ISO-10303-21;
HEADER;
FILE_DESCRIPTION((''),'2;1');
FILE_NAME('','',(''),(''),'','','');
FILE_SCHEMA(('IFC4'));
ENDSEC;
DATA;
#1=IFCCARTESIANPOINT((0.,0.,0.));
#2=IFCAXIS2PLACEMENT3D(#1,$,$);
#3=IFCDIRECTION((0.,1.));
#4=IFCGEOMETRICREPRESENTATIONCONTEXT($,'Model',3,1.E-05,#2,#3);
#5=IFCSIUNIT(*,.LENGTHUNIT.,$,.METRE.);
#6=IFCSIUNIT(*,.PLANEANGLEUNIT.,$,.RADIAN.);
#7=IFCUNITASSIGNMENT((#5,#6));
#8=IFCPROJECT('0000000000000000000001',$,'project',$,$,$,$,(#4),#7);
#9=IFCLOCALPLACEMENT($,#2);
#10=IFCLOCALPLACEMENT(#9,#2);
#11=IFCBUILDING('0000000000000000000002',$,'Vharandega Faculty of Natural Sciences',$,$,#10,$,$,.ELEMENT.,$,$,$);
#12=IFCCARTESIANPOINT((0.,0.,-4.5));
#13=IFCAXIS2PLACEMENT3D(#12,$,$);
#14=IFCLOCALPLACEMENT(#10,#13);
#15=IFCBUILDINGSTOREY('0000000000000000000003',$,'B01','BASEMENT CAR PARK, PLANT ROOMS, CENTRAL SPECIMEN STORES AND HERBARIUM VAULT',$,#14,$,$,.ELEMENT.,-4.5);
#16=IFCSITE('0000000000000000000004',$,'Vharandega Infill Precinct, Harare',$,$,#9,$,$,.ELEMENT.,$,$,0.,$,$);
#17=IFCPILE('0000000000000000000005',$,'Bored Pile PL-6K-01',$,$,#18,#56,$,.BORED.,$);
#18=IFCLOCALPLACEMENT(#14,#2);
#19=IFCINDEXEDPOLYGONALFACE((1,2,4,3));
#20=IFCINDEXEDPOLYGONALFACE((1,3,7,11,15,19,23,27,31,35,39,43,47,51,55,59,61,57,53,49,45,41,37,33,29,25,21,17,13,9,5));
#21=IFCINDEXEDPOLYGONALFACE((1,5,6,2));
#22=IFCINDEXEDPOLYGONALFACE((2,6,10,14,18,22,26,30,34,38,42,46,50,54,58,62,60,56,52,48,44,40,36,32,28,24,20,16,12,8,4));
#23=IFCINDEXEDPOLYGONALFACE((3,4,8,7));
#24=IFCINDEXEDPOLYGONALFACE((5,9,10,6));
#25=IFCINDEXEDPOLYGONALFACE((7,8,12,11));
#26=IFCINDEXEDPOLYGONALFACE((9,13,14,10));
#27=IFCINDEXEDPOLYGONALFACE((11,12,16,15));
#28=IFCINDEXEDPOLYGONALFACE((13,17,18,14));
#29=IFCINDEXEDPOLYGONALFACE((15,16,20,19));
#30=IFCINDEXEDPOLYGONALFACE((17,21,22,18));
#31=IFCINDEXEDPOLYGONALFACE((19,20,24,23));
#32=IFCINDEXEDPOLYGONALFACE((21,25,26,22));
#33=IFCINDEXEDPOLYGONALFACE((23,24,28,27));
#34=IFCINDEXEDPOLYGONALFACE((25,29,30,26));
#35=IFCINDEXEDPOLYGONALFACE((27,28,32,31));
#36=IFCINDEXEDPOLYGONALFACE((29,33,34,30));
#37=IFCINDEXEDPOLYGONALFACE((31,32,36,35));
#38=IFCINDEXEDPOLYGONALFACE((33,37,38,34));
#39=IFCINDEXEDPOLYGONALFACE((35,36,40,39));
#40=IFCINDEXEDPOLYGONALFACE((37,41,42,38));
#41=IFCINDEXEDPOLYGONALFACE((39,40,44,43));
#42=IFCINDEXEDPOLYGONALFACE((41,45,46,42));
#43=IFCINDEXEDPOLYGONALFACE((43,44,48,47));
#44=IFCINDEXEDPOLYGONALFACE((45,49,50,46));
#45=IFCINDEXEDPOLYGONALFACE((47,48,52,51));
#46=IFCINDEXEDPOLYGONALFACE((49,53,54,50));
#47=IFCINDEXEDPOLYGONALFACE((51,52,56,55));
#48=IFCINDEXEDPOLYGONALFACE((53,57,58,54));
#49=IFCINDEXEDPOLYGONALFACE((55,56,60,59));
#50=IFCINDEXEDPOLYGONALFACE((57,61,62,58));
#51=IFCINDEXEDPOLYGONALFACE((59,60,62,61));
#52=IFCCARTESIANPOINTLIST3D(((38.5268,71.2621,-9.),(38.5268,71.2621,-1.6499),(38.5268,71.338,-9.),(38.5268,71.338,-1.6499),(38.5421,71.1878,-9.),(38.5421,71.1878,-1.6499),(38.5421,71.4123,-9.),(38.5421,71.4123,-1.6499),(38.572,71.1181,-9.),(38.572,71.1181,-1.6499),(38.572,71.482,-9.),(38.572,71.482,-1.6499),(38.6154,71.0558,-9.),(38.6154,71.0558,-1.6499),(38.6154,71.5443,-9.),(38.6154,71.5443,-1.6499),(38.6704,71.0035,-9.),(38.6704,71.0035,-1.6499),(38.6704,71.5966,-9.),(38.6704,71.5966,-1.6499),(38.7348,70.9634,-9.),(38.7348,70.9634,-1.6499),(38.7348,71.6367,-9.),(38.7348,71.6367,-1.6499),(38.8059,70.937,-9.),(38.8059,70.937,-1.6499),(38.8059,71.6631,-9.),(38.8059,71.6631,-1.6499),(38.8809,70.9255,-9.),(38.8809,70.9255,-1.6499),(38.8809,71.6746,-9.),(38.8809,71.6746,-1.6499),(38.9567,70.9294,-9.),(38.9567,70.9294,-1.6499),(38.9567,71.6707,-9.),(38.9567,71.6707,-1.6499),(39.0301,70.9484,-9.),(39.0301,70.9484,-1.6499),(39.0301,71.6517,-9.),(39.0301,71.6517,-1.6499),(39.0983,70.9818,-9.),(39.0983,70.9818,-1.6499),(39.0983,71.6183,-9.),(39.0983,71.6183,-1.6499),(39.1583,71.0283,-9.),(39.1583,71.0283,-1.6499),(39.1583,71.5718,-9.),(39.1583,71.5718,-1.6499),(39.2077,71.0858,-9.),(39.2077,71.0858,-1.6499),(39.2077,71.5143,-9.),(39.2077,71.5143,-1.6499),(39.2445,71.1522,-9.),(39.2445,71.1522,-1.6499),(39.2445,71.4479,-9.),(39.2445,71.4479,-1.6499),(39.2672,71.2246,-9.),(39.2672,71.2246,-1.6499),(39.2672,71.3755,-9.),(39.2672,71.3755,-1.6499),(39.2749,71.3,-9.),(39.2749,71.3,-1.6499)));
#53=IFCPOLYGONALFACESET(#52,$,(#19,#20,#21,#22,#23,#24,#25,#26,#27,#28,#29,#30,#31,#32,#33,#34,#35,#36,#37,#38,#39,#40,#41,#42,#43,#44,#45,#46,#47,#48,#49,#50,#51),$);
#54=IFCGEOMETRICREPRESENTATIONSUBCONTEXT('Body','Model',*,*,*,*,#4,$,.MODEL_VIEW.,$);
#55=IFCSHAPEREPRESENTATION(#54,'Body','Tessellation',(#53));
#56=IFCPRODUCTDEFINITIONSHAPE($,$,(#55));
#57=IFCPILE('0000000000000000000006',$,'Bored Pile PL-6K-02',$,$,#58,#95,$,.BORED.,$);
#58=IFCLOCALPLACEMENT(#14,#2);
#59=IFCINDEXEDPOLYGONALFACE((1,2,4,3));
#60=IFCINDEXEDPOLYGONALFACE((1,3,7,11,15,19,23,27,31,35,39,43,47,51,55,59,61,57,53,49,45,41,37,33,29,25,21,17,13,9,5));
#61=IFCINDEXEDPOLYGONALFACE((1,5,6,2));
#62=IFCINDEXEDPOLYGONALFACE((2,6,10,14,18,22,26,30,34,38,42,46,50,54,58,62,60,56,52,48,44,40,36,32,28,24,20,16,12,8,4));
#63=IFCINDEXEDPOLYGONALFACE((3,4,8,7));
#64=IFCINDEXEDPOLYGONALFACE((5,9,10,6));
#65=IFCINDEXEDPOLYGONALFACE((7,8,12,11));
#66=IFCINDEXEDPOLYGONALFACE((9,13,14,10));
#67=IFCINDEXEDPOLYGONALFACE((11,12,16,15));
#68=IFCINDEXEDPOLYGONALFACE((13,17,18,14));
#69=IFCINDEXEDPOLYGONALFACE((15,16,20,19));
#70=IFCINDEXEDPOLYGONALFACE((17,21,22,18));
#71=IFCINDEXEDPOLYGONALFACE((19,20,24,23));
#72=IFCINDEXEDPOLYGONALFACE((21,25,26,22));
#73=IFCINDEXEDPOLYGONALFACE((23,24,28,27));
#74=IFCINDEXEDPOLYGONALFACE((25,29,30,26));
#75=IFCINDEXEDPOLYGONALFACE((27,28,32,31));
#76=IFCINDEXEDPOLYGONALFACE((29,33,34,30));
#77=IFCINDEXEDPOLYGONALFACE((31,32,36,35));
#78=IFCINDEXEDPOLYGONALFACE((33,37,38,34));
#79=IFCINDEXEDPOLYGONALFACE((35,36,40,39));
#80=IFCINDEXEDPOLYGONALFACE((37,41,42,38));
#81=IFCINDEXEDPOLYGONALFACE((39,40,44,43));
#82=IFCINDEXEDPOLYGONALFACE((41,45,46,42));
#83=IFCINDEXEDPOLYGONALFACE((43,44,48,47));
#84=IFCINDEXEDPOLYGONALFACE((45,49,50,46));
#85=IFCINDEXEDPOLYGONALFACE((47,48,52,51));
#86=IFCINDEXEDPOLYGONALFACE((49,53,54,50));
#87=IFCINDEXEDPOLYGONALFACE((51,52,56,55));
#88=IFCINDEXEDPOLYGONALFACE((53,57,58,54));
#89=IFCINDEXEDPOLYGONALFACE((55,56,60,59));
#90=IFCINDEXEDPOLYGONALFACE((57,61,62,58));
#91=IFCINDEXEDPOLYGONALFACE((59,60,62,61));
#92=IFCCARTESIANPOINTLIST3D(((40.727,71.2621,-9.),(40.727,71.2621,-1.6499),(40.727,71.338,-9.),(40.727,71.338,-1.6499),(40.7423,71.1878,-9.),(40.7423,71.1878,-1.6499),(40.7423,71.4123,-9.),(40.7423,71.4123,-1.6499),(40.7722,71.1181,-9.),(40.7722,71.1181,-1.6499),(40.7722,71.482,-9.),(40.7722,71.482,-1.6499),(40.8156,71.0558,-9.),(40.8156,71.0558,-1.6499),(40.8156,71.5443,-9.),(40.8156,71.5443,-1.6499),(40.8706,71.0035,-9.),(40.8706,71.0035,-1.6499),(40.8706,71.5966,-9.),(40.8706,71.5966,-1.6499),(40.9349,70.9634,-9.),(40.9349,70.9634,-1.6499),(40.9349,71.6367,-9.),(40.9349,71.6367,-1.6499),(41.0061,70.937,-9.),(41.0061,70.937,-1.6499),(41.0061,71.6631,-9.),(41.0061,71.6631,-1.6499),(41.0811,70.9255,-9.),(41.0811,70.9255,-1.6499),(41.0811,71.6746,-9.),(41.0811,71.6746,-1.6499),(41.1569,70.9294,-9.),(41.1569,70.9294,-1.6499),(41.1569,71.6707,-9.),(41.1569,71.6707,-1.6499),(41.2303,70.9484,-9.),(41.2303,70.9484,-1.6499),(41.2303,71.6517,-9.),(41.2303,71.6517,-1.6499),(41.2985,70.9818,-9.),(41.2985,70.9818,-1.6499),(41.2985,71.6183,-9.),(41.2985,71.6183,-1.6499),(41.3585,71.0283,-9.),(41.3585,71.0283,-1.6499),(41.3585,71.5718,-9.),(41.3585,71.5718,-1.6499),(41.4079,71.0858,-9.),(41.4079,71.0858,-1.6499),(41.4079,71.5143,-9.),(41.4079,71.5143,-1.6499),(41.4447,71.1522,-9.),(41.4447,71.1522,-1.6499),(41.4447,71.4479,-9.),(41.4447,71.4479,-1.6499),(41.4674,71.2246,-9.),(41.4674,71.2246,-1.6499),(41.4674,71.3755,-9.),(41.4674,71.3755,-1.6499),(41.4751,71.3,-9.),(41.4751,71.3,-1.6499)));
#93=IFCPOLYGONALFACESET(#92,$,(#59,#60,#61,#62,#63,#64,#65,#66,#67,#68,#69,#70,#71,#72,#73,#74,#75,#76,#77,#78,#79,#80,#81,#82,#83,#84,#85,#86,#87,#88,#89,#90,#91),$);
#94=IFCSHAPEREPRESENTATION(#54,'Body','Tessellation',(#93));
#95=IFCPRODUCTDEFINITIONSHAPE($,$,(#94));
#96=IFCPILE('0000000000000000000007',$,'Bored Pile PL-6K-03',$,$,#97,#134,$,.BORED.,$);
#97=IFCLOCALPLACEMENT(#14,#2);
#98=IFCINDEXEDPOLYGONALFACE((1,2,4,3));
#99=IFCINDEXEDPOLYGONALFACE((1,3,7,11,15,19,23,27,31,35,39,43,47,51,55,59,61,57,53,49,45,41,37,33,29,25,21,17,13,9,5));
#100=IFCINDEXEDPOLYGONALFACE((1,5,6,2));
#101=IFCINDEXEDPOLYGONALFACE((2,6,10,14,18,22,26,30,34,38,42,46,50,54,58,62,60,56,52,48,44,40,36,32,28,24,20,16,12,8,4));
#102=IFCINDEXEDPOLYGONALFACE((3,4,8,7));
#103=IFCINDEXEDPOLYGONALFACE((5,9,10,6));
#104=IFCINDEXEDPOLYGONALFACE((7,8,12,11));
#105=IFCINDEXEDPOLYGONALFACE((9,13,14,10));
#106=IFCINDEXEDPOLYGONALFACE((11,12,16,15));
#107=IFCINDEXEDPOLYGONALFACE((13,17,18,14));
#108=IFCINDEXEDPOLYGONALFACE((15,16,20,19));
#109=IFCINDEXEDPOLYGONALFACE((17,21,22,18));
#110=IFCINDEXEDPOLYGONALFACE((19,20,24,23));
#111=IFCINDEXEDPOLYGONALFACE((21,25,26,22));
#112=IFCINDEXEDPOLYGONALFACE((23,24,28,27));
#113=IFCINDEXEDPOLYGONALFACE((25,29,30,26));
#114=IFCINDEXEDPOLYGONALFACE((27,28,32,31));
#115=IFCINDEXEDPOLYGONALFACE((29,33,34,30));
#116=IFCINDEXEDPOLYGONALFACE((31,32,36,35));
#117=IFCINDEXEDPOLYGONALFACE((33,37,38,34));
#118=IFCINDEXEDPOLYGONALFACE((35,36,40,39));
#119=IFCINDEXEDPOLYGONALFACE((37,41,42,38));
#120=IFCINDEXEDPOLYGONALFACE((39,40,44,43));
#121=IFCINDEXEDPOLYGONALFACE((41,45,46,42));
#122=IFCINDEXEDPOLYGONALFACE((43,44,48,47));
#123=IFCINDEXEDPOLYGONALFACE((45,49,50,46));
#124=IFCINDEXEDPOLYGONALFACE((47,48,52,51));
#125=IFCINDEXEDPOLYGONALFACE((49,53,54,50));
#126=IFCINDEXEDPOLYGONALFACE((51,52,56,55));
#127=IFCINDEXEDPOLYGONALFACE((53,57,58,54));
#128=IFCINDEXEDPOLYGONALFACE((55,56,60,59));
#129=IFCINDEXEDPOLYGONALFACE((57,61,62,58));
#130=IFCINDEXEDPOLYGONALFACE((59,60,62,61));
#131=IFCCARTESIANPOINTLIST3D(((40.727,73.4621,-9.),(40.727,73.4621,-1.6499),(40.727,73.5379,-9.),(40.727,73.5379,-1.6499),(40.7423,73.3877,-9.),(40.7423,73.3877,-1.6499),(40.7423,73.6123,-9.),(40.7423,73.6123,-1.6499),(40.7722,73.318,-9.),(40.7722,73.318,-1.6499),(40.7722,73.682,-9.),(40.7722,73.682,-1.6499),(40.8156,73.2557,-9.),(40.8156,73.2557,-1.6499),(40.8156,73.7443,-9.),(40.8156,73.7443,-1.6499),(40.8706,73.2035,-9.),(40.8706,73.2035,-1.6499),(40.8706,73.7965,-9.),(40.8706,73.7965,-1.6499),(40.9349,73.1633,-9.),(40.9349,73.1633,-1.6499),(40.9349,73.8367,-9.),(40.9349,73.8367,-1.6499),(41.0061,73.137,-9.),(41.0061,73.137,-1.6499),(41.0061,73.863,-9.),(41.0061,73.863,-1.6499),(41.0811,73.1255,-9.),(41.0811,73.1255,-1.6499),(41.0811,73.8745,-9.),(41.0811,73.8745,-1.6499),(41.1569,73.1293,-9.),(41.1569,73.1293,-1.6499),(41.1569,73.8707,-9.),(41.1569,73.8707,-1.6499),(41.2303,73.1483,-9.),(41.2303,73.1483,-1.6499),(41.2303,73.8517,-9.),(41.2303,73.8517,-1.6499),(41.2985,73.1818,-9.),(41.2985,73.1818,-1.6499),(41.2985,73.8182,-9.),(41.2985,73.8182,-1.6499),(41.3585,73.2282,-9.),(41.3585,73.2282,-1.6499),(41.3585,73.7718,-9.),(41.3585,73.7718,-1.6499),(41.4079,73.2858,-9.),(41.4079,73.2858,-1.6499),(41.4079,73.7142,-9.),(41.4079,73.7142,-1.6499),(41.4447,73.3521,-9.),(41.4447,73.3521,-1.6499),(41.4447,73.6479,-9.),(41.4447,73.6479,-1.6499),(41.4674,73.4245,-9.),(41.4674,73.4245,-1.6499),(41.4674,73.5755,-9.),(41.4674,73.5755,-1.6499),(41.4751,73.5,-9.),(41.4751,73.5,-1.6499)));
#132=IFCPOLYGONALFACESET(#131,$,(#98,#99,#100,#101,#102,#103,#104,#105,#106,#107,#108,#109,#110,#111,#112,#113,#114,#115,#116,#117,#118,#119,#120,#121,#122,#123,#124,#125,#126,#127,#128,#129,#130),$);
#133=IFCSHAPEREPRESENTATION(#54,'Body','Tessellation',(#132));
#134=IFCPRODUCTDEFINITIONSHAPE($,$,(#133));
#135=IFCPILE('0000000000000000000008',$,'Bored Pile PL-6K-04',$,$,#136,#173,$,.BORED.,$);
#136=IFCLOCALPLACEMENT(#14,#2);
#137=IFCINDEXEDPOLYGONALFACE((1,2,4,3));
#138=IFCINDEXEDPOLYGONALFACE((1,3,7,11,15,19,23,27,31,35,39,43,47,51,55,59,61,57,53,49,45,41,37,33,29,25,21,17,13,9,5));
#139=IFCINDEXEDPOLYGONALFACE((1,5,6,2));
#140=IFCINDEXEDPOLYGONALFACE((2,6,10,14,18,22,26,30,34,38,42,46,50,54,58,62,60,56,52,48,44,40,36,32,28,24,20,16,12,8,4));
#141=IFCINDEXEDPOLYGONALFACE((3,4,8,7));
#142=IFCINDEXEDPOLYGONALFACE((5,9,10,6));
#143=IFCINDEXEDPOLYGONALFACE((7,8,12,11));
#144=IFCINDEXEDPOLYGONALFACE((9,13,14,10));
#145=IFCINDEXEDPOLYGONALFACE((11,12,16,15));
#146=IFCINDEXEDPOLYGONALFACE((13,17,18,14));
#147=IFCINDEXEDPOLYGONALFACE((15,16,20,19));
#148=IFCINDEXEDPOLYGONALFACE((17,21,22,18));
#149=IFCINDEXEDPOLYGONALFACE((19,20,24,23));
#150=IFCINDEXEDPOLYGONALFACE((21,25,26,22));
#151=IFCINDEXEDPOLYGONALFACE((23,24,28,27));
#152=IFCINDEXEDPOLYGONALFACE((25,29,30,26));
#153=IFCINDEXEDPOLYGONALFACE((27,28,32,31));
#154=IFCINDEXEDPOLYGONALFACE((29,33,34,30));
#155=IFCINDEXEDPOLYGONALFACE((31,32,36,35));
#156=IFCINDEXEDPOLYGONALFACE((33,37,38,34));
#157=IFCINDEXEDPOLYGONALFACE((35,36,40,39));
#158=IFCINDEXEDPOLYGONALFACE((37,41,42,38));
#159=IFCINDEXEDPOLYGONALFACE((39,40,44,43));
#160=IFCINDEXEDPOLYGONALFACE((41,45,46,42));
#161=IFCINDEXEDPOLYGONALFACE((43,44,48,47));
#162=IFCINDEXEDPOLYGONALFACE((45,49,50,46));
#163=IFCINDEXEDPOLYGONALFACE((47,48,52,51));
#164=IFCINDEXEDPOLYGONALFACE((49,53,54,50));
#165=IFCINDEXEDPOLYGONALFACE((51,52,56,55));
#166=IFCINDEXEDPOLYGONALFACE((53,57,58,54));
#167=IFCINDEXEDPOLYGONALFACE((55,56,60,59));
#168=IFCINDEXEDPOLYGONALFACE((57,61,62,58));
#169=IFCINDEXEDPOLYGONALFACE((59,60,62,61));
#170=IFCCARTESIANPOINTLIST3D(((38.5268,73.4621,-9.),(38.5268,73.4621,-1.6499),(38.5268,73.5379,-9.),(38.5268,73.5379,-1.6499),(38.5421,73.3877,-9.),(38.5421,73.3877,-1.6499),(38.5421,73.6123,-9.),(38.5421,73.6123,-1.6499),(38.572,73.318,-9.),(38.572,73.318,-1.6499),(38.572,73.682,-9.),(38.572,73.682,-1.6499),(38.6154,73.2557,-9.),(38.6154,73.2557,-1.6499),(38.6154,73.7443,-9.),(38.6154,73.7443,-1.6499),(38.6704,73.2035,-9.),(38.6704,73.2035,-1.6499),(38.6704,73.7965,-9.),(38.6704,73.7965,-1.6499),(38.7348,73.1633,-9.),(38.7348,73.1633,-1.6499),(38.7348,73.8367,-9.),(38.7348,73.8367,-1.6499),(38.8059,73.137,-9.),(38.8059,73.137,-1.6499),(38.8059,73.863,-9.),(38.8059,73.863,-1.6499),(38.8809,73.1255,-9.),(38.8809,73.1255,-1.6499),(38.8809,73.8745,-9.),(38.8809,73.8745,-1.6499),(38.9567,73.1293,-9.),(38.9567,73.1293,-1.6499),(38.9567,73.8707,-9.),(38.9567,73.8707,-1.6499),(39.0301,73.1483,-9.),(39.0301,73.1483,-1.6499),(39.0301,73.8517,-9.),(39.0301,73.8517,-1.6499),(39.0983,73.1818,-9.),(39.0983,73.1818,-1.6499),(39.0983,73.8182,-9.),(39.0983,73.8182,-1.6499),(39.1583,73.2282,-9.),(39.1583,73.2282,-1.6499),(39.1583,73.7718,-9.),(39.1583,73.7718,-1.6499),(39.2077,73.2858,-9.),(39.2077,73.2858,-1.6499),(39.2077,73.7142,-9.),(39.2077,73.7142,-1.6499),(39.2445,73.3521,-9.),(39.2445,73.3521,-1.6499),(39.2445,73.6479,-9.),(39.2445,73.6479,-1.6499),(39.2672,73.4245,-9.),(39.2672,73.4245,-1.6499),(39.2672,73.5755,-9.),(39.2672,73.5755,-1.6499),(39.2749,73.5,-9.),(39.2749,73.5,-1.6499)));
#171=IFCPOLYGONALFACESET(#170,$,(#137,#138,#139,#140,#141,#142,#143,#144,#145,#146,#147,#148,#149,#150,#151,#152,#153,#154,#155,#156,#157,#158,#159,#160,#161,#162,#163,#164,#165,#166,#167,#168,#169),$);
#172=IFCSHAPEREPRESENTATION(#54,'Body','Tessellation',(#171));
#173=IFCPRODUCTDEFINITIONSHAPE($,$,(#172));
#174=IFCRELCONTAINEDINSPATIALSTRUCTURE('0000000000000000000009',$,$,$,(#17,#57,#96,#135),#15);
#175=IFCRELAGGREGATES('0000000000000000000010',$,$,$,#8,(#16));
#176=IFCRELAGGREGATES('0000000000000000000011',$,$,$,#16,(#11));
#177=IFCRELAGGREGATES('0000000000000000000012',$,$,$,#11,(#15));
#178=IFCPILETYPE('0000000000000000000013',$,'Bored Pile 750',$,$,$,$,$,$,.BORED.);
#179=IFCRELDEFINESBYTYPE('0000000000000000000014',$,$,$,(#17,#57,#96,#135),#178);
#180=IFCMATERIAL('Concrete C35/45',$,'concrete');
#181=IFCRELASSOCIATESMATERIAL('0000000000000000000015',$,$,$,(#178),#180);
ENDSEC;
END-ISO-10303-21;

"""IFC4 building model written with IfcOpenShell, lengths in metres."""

from ifc_helpers import new_model, si_unit, direction, frame, origin, origin_2d, place, context, subcontext, project, spatial, circle, extrude, material, material_profile, profile_set, type_object, element, save


model = new_model("IFC4")

# Units and contexts
model_context = context("Model", 3, precision=1e-05, world=origin(), true_north=direction((0.0, 1.0)))
body_context = subcontext(model_context, "Body", "Model", "MODEL_VIEW")
ifc_project = project(units=[si_unit("LENGTHUNIT", "METRE"), si_unit("PLANEANGLEUNIT", "RADIAN")], contexts=[model_context])

# Site, building, storey
site_placement = place(None, origin())
site = spatial("IfcSite", under=ifc_project, at=site_placement, Name="Vharandega Infill Precinct, Harare", CompositionType="ELEMENT", RefElevation=0.0)
building_placement = place(site_placement, origin())
building = spatial("IfcBuilding", under=site, at=building_placement, Name="Vharandega Faculty of Natural Sciences", CompositionType="ELEMENT")
storey_placement = place(building_placement, frame((0.0, 0.0, -4.5)))
storey = spatial("IfcBuildingStorey", under=building, at=storey_placement, Name="B01", Description="BASEMENT CAR PARK, PLANT ROOMS, CENTRAL SPECIMEN STORES AND HERBARIUM VAULT", CompositionType="ELEMENT", Elevation=-4.5)

# Piles
ifc_material_1 = material(Name="Concrete C35/45", Category="concrete")
ifc_material_profile_1 = material_profile(ifc_material_1, circle(Radius=0.375, at=origin_2d()), Name="PILE 750")
ifc_profile_set_1 = profile_set([ifc_material_profile_1], Name="Concrete C35/45")
pile_type_1 = type_object("IfcPileType", Name="Bored Pile 750", PredefinedType="BORED", material=ifc_profile_set_1)
for number, where, z_axis, x_axis, name in (
    (1, (38.8999, 71.3, -1.6499), (0.0, 0.0, -1.0), (1.0, 0.0, 0.0), "Bored Pile PL-6K-01"),
    (2, (41.1001, 71.3, -1.6499), (0.0, 0.0, -1.0), (1.0, 0.0, 0.0), "Bored Pile PL-6K-02"),
    (3, (41.1001, 73.5, -1.6499), (0.0, 0.0, -1.0), (1.0, 0.0, 0.0), "Bored Pile PL-6K-03"),
    (4, (38.8999, 73.5, -1.6499), (0.0, 0.0, -1.0), (1.0, 0.0, 0.0), "Bored Pile PL-6K-04"),
):
    element("IfcPile", number, at=place(storey_placement, frame(where, z_axis=z_axis, x_axis=x_axis)), inside=storey, type_object=pile_type_1, Name=name, PredefinedType="BORED", context=body_context, shape_type="SweptSolid", body=[
        extrude(circle(Radius=0.375, at=origin_2d()), origin(), (0.0, 0.0, 1.0), 7.3501),
    ])

save(model, "model.ifc")
